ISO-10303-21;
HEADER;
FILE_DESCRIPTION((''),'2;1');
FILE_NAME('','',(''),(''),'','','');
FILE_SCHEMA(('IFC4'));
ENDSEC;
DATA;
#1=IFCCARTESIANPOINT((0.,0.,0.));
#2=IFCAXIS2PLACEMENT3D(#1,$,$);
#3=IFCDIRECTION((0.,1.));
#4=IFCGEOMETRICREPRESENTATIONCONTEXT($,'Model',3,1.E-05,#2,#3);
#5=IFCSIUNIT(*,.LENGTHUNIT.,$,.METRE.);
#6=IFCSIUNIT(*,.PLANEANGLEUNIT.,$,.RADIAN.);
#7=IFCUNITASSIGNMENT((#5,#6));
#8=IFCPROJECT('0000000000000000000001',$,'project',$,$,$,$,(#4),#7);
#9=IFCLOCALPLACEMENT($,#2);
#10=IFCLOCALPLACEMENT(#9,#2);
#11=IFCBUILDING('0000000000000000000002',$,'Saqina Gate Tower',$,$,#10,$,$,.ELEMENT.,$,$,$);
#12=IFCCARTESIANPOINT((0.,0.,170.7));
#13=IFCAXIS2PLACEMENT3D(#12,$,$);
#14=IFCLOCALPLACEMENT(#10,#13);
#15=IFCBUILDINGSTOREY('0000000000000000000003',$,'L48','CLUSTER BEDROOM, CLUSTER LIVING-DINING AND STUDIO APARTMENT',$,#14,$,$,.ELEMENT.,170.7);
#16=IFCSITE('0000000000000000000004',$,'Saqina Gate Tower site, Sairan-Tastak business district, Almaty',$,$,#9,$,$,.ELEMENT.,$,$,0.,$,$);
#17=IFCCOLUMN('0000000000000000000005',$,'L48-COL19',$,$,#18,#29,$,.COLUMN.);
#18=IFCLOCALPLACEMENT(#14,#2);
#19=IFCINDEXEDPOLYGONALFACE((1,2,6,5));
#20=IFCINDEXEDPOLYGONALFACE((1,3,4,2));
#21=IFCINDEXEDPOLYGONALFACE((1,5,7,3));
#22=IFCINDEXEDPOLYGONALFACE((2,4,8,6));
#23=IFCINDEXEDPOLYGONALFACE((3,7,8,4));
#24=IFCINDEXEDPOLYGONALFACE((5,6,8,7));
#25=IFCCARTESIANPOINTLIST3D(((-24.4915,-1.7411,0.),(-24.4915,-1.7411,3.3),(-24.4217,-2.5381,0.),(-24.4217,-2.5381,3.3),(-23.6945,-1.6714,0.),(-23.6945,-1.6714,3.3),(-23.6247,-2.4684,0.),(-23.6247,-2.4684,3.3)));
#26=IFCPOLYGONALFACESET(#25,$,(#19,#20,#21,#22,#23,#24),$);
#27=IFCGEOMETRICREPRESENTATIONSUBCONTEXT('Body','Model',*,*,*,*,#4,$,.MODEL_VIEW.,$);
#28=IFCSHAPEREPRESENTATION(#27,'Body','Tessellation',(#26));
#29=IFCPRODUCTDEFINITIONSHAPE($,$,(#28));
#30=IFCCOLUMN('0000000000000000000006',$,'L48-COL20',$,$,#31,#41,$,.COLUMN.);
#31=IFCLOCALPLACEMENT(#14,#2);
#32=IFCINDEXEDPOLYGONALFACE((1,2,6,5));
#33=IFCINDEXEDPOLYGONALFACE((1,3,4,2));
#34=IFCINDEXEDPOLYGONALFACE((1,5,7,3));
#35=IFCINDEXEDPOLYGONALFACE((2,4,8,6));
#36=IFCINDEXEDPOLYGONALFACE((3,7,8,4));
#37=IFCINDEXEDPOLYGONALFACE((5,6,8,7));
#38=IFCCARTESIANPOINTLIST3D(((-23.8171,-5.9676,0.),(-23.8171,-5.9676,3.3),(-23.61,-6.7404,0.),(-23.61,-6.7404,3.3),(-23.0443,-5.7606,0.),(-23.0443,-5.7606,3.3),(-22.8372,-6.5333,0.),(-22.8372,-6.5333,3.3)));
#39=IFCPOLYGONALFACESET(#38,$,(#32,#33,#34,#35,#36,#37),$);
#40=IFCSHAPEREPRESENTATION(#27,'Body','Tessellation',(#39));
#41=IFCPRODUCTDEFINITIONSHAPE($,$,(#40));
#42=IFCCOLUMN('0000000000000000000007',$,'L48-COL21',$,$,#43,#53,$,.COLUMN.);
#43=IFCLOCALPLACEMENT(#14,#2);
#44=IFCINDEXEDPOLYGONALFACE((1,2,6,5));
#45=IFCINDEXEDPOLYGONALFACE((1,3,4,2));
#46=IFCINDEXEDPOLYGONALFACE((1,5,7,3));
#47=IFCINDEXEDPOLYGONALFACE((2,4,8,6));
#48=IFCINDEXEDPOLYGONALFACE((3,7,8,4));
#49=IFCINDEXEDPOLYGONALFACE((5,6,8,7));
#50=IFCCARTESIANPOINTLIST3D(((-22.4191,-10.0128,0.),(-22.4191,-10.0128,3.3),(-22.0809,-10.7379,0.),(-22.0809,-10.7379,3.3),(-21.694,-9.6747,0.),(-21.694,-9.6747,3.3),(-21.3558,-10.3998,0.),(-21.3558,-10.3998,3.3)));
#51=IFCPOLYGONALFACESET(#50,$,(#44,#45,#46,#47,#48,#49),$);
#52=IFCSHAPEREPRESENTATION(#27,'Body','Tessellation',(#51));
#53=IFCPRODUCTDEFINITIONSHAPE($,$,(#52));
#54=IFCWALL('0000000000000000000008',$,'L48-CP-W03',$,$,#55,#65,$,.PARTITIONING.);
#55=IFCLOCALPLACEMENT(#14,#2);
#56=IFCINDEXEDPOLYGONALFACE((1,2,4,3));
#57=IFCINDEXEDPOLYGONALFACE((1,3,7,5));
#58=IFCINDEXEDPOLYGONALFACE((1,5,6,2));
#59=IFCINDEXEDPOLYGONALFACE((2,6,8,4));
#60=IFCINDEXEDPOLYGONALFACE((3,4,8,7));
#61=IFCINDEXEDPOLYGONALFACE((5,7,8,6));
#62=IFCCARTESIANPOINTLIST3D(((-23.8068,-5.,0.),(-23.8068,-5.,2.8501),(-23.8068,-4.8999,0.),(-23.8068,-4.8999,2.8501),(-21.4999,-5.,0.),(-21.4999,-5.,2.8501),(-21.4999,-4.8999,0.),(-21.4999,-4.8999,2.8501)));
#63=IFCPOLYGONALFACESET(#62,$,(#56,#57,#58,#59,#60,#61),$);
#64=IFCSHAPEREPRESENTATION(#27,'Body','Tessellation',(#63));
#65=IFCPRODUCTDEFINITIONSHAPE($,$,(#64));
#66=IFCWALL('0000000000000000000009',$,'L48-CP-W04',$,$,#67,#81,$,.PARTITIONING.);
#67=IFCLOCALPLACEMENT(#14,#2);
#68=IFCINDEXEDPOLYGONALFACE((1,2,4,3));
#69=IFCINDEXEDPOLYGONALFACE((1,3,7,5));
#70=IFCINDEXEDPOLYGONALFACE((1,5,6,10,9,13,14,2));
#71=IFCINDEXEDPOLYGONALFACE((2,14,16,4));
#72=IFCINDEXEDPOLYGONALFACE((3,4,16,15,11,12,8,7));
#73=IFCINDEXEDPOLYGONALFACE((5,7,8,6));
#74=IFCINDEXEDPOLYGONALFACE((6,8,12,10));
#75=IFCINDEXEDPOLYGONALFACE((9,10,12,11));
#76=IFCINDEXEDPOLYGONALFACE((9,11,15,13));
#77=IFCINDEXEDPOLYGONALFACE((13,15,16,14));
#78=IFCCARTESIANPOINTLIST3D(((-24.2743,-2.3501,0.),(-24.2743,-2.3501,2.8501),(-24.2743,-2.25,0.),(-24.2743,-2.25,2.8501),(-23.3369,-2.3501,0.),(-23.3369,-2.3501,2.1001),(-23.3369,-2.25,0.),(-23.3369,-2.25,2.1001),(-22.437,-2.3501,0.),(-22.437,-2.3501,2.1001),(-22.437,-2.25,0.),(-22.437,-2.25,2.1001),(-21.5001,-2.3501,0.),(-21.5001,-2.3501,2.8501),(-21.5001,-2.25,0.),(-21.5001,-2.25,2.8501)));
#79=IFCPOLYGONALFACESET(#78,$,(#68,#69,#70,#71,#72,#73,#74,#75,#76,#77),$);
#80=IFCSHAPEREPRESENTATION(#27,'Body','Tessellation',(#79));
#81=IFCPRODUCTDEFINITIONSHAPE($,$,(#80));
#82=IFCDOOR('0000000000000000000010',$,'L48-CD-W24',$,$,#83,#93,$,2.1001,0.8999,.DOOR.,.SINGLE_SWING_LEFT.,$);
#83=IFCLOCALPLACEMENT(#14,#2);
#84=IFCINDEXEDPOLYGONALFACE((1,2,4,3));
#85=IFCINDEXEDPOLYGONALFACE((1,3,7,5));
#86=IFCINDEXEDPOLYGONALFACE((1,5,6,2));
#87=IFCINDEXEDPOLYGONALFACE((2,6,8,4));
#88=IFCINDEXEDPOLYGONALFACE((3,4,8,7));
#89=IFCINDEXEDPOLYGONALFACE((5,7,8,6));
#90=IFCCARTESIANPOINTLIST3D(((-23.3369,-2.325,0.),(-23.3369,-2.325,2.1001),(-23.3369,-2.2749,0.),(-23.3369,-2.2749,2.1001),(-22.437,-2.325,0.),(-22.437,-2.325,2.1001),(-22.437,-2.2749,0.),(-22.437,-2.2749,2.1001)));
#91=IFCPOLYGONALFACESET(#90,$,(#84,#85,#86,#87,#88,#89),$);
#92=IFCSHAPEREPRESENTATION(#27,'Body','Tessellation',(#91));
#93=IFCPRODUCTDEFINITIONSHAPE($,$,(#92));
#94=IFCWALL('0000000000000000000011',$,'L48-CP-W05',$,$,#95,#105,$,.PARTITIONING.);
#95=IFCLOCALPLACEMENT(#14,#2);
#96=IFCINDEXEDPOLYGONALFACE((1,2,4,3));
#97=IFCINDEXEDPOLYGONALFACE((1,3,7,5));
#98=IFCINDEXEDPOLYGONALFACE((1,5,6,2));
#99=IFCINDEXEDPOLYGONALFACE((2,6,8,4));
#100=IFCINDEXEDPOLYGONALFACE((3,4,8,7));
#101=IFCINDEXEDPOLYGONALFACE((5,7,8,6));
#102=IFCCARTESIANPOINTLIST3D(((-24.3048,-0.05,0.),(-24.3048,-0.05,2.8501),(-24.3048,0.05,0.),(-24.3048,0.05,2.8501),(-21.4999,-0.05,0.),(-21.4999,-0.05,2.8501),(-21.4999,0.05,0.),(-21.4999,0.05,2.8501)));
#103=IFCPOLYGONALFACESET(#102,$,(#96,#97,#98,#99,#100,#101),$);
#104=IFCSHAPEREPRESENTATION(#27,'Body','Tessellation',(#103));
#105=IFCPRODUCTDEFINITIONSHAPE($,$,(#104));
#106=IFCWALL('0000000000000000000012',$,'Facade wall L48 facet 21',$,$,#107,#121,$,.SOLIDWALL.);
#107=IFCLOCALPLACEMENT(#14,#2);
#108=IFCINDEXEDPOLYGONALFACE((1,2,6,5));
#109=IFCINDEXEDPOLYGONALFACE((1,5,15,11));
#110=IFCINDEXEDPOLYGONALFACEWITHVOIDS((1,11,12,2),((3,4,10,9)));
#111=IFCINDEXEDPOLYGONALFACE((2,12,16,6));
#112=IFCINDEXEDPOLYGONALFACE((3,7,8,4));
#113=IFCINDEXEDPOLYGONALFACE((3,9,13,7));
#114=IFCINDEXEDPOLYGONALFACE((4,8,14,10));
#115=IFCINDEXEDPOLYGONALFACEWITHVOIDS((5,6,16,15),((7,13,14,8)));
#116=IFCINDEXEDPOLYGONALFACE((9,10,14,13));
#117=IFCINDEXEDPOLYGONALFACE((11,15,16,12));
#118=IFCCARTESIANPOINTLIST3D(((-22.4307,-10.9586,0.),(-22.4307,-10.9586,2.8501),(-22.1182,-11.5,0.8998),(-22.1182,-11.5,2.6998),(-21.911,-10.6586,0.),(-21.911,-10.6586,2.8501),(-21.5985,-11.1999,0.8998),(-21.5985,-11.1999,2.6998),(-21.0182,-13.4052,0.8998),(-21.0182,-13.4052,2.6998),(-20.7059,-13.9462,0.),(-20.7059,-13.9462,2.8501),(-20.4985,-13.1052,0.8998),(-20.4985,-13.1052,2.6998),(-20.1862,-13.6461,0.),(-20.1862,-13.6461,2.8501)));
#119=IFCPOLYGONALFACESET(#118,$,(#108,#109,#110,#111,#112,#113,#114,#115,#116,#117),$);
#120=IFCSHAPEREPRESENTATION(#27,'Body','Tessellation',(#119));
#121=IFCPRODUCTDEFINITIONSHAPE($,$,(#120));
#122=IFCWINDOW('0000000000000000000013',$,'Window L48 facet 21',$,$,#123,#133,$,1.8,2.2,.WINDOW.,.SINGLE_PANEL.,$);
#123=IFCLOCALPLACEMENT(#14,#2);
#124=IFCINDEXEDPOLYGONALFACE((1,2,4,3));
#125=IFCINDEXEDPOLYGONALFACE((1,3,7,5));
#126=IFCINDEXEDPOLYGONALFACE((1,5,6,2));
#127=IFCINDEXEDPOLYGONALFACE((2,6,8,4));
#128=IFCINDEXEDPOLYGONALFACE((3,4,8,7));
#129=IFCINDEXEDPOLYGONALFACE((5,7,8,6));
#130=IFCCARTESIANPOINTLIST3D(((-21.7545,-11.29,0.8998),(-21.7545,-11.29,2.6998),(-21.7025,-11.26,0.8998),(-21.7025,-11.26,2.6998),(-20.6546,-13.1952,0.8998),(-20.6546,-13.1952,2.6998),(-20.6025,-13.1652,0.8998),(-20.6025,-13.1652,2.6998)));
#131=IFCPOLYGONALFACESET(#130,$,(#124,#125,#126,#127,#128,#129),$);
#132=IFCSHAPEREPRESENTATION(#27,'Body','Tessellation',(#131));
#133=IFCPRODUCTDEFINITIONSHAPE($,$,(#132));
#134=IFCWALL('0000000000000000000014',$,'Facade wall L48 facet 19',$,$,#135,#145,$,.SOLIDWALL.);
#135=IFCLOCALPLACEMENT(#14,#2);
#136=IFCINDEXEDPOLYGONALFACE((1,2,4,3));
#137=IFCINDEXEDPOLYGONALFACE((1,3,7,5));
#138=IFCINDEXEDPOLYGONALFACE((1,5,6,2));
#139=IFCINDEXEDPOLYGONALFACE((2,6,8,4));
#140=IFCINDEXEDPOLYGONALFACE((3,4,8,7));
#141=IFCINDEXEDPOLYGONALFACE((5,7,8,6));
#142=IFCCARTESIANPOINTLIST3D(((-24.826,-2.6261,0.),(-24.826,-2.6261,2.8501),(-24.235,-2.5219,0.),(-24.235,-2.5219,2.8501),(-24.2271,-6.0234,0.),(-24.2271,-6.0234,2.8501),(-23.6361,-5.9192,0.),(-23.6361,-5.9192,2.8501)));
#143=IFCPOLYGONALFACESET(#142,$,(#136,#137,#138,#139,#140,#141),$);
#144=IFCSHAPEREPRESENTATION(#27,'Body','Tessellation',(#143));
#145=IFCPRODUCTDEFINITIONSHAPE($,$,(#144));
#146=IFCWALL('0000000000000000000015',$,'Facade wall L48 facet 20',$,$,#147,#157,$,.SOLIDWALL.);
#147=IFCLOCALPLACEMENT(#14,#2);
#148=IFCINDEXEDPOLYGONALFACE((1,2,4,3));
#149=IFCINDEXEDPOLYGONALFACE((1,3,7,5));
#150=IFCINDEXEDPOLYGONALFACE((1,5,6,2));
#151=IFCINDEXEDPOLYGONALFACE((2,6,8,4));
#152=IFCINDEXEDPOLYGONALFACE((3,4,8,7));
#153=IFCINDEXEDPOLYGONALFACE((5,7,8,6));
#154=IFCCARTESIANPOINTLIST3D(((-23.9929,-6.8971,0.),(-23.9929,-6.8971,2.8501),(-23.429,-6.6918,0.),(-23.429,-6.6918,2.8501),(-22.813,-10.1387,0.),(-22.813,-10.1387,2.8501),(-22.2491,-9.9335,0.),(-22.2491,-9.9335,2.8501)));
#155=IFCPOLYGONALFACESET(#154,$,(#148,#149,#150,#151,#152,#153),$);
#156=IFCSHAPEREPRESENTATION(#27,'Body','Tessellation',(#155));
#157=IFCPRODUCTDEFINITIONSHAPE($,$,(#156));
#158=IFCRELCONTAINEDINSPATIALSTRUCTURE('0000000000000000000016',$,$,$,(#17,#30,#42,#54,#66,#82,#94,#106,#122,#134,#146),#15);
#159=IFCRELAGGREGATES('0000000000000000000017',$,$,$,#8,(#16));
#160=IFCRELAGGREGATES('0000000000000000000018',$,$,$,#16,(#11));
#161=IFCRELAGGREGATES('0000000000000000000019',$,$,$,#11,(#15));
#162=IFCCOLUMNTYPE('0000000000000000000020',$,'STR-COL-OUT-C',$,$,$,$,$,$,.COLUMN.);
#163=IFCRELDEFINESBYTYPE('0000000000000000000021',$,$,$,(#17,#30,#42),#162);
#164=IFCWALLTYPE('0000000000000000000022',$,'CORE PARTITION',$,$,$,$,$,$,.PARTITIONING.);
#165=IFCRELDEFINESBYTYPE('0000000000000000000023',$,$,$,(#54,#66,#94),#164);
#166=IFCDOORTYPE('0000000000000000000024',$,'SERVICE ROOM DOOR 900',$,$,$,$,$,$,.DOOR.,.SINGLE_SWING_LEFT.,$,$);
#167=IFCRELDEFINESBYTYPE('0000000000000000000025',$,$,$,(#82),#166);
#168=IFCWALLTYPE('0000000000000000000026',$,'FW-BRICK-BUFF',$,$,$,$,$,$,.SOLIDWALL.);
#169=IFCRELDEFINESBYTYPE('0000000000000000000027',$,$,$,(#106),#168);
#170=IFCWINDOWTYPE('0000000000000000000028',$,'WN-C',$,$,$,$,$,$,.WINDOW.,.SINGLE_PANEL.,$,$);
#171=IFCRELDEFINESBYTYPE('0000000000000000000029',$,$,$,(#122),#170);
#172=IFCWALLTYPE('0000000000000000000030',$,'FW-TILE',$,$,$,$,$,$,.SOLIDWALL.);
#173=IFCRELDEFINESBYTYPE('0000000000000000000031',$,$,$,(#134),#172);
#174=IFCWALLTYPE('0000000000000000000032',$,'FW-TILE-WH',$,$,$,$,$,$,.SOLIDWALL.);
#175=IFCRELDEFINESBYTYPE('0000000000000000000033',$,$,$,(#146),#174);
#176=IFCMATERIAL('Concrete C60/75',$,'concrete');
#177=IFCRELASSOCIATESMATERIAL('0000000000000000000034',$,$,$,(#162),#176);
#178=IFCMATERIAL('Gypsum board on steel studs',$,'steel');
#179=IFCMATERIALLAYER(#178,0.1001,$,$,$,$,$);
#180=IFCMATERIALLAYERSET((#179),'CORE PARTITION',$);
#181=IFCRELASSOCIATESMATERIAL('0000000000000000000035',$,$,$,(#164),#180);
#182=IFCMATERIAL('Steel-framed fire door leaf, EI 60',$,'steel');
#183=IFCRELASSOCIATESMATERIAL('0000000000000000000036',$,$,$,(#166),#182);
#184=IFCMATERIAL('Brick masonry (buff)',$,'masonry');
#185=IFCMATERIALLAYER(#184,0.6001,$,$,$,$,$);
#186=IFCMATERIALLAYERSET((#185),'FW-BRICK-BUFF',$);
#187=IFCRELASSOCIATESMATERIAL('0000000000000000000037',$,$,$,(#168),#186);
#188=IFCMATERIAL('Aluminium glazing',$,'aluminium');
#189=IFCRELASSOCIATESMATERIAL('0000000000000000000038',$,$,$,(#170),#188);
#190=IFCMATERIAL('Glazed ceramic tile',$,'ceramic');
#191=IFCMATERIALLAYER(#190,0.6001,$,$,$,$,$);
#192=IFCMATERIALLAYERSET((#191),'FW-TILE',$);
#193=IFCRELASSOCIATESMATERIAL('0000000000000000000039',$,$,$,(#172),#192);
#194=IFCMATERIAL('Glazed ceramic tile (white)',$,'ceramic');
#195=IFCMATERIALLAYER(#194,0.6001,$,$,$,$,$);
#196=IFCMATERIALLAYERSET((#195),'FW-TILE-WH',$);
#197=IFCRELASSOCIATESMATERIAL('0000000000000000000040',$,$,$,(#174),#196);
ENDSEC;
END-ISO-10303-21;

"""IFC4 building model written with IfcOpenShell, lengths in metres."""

from ifc_helpers import new_model, si_unit, direction, frame, frame_2d, origin, origin_2d, place, context, subcontext, project, spatial, rectangle, extrude, material, layer, layer_set, material_profile, profile_set, type_object, element, fill, save


model = new_model("IFC4")

# Units and contexts
model_context = context("Model", 3, precision=1e-05, world=origin(), true_north=direction((0.0, 1.0)))
body_context = subcontext(model_context, "Body", "Model", "MODEL_VIEW")
ifc_project = project(units=[si_unit("LENGTHUNIT", "METRE"), si_unit("PLANEANGLEUNIT", "RADIAN")], contexts=[model_context])

# Site, building, storey
site_placement = place(None, origin())
site = spatial("IfcSite", under=ifc_project, at=site_placement, Name="Saqina Gate Tower site, Sairan-Tastak business district, Almaty", CompositionType="ELEMENT", RefElevation=0.0)
building_placement = place(site_placement, origin())
building = spatial("IfcBuilding", under=site, at=building_placement, Name="Saqina Gate Tower", CompositionType="ELEMENT")
storey_placement = place(building_placement, frame((0.0, 0.0, 170.7)))
storey = spatial("IfcBuildingStorey", under=building, at=storey_placement, Name="L48", Description="CLUSTER BEDROOM, CLUSTER LIVING-DINING AND STUDIO APARTMENT", CompositionType="ELEMENT", Elevation=170.7)

# Columns
ifc_material_1 = material(Name="Concrete C60/75", Category="concrete")
ifc_material_profile = material_profile(ifc_material_1, rectangle(XDim=0.8, YDim=0.8, at=origin_2d()), Name="RC 800x800")
ifc_profile_set = profile_set([ifc_material_profile], Name="Concrete C60/75")
column_type = type_object("IfcColumnType", Name="STR-COL-OUT-C", PredefinedType="COLUMN", material=ifc_profile_set)
for number, where, z_axis, x_axis, name in (
    (1, (-24.0581, -2.1047, 0.0), (0.0, 0.0, 1.0), (-0.996195, -0.087156, 0.0), "L48-COL19"),
    (2, (-23.3271, -6.2505, 0.0), (0.0, 0.0, 1.0), (-0.965926, -0.258819, 0.0), "L48-COL20"),
    (3, (-21.8875, -10.2063, 0.0), (0.0, 0.0, 1.0), (-0.906308, -0.422618, 0.0), "L48-COL21"),
):
    element("IfcColumn", number, at=place(storey_placement, frame(where, z_axis=z_axis, x_axis=x_axis)), inside=storey, type_object=column_type, Name=name, PredefinedType="COLUMN", context=body_context, shape_type="SweptSolid", body=[
        extrude(rectangle(XDim=0.8, YDim=0.8, at=origin_2d()), origin(), (0.0, 0.0, 1.0), 3.3),
    ])

# Wall
ifc_material_2 = material(Name="Gypsum board on steel studs", Category="steel")
ifc_layer_1 = layer(ifc_material_2, 0.1001)
ifc_layer_set_1 = layer_set([ifc_layer_1], Name="CORE PARTITION")
wall_type_1 = type_object("IfcWallType", Name="CORE PARTITION", PredefinedType="PARTITIONING", material=ifc_layer_set_1)
wall_1_placement = place(storey_placement, frame((-21.5, -4.95, 0.0), z_axis=(0.0, 0.0, 1.0), x_axis=(-1.0, 0.0, 0.0)))
element("IfcWall", 4, at=wall_1_placement, inside=storey, type_object=wall_type_1, Name="L48-CP-W03", PredefinedType="PARTITIONING", context=body_context, shape_type="SweptSolid", body=[
    extrude(rectangle(XDim=2.3069, YDim=0.1001, at=frame_2d((1.1533, 0.0))), origin(), (0.0, 0.0, 1.0), 2.8501),
])

# Wall, opening, door
wall_2_placement = place(storey_placement, frame((-21.5, -2.3, 0.0), z_axis=(0.0, 0.0, 1.0), x_axis=(-1.0, 0.0, 0.0)))
wall_2 = element("IfcWall", 5, at=wall_2_placement, inside=storey, type_object=wall_type_1, Name="L48-CP-W04", PredefinedType="PARTITIONING", context=body_context, shape_type="SweptSolid", body=[
    extrude(rectangle(XDim=2.7742, YDim=0.1001, at=frame_2d((1.3872, 0.0))), origin(), (0.0, 0.0, 1.0), 2.8501),
])
opening_1_placement = place(wall_2_placement, frame((0.937, 0.0, 0.0)))
opening_1 = element("IfcOpeningElement", 6, at=opening_1_placement, cuts=wall_2, PredefinedType="OPENING", context=body_context, shape_type="SweptSolid", body=[
    extrude(rectangle(XDim=0.8999, YDim=2.1001, at=frame_2d((0.45, 1.05))), frame((0.0, 0.062, 0.0), z_axis=(0.0, -1.0, 0.0), x_axis=(1.0, 0.0, 0.0)), (0.0, 0.0, 1.0), 0.124),
])
ifc_material_3 = material(Name="Steel-framed fire door leaf, EI 60", Category="steel")
door_type_1 = type_object("IfcDoorType", Name="SERVICE ROOM DOOR 900", OperationType="SINGLE_SWING_LEFT", PredefinedType="DOOR", material=ifc_material_3)
door_1_placement = place(opening_1_placement, origin())
door_1 = element("IfcDoor", 7, at=door_1_placement, inside=storey, type_object=door_type_1, Name="L48-CD-W24", OperationType="SINGLE_SWING_LEFT", OverallHeight=2.1001, OverallWidth=0.8999, PredefinedType="DOOR", context=body_context, shape_type="SweptSolid", body=[
    extrude(rectangle(XDim=0.8999, YDim=2.1001, at=frame_2d((0.45, 1.05))), frame((0.0, 0.0249, 0.0), z_axis=(0.0, -1.0, 0.0), x_axis=(1.0, 0.0, 0.0)), (0.0, 0.0, 1.0), 0.05),
])
fill(opening_1, door_1)

# Wall
wall_3_placement = place(storey_placement, frame((-21.5, 0.0, 0.0), z_axis=(0.0, 0.0, 1.0), x_axis=(-1.0, 0.0, 0.0)))
element("IfcWall", 8, at=wall_3_placement, inside=storey, type_object=wall_type_1, Name="L48-CP-W05", PredefinedType="PARTITIONING", context=body_context, shape_type="SweptSolid", body=[
    extrude(rectangle(XDim=2.8049, YDim=0.1001, at=frame_2d((1.4023, 0.0))), origin(), (0.0, 0.0, 1.0), 2.8501),
])

# Wall, opening, window
ifc_material_4 = material(Name="Brick masonry (buff)", Category="masonry")
ifc_layer_2 = layer(ifc_material_4, 0.6001)
ifc_layer_set_2 = layer_set([ifc_layer_2], Name="FW-BRICK-BUFF")
wall_type_2 = type_object("IfcWallType", Name="FW-BRICK-BUFF", PredefinedType="SOLIDWALL", material=ifc_layer_set_2)
wall_4_placement = place(storey_placement, frame((-22.1709, -10.8086, 0.0), z_axis=(0.0, 0.0, 1.0), x_axis=(0.499998, -0.866026, 0.0)))
wall_4 = element("IfcWall", 9, at=wall_4_placement, inside=storey, type_object=wall_type_2, Name="Facade wall L48 facet 21", PredefinedType="SOLIDWALL", context=body_context, shape_type="SweptSolid", body=[
    extrude(rectangle(XDim=3.4497, YDim=0.6001, at=frame_2d((1.7249, 0.0))), origin(), (0.0, 0.0, 1.0), 2.8501),
])
opening_2_placement = place(wall_4_placement, frame((0.625, 0.0, 0.8999)))
opening_2 = element("IfcOpeningElement", 10, at=opening_2_placement, cuts=wall_4, PredefinedType="OPENING", context=body_context, shape_type="SweptSolid", body=[
    extrude(rectangle(XDim=2.2, YDim=1.8, at=frame_2d((1.1001, 0.8999))), frame((0.0, 0.312, 0.0), z_axis=(0.0, -1.0, 0.0), x_axis=(1.0, 0.0, 0.0)), (0.0, 0.0, 1.0), 0.624),
])
ifc_material_5 = material(Name="Aluminium glazing", Category="aluminium")
window_type = type_object("IfcWindowType", Name="WN-C", PartitioningType="SINGLE_PANEL", PredefinedType="WINDOW", material=ifc_material_5)
window_placement = place(opening_2_placement, origin())
window = element("IfcWindow", 11, at=window_placement, inside=storey, type_object=window_type, Name="Window L48 facet 21", OverallHeight=1.8, OverallWidth=2.2, PartitioningType="SINGLE_PANEL", PredefinedType="WINDOW", context=body_context, shape_type="SweptSolid", body=[
    extrude(rectangle(XDim=2.2, YDim=1.8, at=frame_2d((1.1001, 0.8999))), frame((0.0, 0.1799, 0.0), z_axis=(0.0, -1.0, 0.0), x_axis=(1.0, 0.0, 0.0)), (0.0, 0.0, 1.0), 0.0601),
])
fill(opening_2, window)

# Walls
ifc_material_6 = material(Name="Glazed ceramic tile", Category="ceramic")
ifc_layer_3 = layer(ifc_material_6, 0.6001)
ifc_layer_set_3 = layer_set([ifc_layer_3], Name="FW-TILE")
wall_type_3 = type_object("IfcWallType", Name="FW-TILE", PredefinedType="SOLIDWALL", material=ifc_layer_set_3)
wall_5_placement = place(storey_placement, frame((-24.5305, -2.574, 0.0), z_axis=(0.0, 0.0, 1.0), x_axis=(0.173608, -0.984815, 0.0)))
element("IfcWall", 12, at=wall_5_placement, inside=storey, type_object=wall_type_3, Name="Facade wall L48 facet 19", PredefinedType="SOLIDWALL", context=body_context, shape_type="SweptSolid", body=[
    extrude(rectangle(XDim=3.4497, YDim=0.6001, at=frame_2d((1.7249, 0.0))), origin(), (0.0, 0.0, 1.0), 2.8501),
])
ifc_material_7 = material(Name="Glazed ceramic tile (white)", Category="ceramic")
ifc_layer_4 = layer(ifc_material_7, 0.6001)
ifc_layer_set_4 = layer_set([ifc_layer_4], Name="FW-TILE-WH")
wall_type_4 = type_object("IfcWallType", Name="FW-TILE-WH", PredefinedType="SOLIDWALL", material=ifc_layer_set_4)
wall_6_placement = place(storey_placement, frame((-23.7109, -6.7944, 0.0), z_axis=(0.0, 0.0, 1.0), x_axis=(0.342033, -0.939688, 0.0)))
element("IfcWall", 13, at=wall_6_placement, inside=storey, type_object=wall_type_4, Name="Facade wall L48 facet 20", PredefinedType="SOLIDWALL", context=body_context, shape_type="SweptSolid", body=[
    extrude(rectangle(XDim=3.4497, YDim=0.6001, at=frame_2d((1.7249, 0.0))), origin(), (0.0, 0.0, 1.0), 2.8501),
])

save(model, "model.ifc")
